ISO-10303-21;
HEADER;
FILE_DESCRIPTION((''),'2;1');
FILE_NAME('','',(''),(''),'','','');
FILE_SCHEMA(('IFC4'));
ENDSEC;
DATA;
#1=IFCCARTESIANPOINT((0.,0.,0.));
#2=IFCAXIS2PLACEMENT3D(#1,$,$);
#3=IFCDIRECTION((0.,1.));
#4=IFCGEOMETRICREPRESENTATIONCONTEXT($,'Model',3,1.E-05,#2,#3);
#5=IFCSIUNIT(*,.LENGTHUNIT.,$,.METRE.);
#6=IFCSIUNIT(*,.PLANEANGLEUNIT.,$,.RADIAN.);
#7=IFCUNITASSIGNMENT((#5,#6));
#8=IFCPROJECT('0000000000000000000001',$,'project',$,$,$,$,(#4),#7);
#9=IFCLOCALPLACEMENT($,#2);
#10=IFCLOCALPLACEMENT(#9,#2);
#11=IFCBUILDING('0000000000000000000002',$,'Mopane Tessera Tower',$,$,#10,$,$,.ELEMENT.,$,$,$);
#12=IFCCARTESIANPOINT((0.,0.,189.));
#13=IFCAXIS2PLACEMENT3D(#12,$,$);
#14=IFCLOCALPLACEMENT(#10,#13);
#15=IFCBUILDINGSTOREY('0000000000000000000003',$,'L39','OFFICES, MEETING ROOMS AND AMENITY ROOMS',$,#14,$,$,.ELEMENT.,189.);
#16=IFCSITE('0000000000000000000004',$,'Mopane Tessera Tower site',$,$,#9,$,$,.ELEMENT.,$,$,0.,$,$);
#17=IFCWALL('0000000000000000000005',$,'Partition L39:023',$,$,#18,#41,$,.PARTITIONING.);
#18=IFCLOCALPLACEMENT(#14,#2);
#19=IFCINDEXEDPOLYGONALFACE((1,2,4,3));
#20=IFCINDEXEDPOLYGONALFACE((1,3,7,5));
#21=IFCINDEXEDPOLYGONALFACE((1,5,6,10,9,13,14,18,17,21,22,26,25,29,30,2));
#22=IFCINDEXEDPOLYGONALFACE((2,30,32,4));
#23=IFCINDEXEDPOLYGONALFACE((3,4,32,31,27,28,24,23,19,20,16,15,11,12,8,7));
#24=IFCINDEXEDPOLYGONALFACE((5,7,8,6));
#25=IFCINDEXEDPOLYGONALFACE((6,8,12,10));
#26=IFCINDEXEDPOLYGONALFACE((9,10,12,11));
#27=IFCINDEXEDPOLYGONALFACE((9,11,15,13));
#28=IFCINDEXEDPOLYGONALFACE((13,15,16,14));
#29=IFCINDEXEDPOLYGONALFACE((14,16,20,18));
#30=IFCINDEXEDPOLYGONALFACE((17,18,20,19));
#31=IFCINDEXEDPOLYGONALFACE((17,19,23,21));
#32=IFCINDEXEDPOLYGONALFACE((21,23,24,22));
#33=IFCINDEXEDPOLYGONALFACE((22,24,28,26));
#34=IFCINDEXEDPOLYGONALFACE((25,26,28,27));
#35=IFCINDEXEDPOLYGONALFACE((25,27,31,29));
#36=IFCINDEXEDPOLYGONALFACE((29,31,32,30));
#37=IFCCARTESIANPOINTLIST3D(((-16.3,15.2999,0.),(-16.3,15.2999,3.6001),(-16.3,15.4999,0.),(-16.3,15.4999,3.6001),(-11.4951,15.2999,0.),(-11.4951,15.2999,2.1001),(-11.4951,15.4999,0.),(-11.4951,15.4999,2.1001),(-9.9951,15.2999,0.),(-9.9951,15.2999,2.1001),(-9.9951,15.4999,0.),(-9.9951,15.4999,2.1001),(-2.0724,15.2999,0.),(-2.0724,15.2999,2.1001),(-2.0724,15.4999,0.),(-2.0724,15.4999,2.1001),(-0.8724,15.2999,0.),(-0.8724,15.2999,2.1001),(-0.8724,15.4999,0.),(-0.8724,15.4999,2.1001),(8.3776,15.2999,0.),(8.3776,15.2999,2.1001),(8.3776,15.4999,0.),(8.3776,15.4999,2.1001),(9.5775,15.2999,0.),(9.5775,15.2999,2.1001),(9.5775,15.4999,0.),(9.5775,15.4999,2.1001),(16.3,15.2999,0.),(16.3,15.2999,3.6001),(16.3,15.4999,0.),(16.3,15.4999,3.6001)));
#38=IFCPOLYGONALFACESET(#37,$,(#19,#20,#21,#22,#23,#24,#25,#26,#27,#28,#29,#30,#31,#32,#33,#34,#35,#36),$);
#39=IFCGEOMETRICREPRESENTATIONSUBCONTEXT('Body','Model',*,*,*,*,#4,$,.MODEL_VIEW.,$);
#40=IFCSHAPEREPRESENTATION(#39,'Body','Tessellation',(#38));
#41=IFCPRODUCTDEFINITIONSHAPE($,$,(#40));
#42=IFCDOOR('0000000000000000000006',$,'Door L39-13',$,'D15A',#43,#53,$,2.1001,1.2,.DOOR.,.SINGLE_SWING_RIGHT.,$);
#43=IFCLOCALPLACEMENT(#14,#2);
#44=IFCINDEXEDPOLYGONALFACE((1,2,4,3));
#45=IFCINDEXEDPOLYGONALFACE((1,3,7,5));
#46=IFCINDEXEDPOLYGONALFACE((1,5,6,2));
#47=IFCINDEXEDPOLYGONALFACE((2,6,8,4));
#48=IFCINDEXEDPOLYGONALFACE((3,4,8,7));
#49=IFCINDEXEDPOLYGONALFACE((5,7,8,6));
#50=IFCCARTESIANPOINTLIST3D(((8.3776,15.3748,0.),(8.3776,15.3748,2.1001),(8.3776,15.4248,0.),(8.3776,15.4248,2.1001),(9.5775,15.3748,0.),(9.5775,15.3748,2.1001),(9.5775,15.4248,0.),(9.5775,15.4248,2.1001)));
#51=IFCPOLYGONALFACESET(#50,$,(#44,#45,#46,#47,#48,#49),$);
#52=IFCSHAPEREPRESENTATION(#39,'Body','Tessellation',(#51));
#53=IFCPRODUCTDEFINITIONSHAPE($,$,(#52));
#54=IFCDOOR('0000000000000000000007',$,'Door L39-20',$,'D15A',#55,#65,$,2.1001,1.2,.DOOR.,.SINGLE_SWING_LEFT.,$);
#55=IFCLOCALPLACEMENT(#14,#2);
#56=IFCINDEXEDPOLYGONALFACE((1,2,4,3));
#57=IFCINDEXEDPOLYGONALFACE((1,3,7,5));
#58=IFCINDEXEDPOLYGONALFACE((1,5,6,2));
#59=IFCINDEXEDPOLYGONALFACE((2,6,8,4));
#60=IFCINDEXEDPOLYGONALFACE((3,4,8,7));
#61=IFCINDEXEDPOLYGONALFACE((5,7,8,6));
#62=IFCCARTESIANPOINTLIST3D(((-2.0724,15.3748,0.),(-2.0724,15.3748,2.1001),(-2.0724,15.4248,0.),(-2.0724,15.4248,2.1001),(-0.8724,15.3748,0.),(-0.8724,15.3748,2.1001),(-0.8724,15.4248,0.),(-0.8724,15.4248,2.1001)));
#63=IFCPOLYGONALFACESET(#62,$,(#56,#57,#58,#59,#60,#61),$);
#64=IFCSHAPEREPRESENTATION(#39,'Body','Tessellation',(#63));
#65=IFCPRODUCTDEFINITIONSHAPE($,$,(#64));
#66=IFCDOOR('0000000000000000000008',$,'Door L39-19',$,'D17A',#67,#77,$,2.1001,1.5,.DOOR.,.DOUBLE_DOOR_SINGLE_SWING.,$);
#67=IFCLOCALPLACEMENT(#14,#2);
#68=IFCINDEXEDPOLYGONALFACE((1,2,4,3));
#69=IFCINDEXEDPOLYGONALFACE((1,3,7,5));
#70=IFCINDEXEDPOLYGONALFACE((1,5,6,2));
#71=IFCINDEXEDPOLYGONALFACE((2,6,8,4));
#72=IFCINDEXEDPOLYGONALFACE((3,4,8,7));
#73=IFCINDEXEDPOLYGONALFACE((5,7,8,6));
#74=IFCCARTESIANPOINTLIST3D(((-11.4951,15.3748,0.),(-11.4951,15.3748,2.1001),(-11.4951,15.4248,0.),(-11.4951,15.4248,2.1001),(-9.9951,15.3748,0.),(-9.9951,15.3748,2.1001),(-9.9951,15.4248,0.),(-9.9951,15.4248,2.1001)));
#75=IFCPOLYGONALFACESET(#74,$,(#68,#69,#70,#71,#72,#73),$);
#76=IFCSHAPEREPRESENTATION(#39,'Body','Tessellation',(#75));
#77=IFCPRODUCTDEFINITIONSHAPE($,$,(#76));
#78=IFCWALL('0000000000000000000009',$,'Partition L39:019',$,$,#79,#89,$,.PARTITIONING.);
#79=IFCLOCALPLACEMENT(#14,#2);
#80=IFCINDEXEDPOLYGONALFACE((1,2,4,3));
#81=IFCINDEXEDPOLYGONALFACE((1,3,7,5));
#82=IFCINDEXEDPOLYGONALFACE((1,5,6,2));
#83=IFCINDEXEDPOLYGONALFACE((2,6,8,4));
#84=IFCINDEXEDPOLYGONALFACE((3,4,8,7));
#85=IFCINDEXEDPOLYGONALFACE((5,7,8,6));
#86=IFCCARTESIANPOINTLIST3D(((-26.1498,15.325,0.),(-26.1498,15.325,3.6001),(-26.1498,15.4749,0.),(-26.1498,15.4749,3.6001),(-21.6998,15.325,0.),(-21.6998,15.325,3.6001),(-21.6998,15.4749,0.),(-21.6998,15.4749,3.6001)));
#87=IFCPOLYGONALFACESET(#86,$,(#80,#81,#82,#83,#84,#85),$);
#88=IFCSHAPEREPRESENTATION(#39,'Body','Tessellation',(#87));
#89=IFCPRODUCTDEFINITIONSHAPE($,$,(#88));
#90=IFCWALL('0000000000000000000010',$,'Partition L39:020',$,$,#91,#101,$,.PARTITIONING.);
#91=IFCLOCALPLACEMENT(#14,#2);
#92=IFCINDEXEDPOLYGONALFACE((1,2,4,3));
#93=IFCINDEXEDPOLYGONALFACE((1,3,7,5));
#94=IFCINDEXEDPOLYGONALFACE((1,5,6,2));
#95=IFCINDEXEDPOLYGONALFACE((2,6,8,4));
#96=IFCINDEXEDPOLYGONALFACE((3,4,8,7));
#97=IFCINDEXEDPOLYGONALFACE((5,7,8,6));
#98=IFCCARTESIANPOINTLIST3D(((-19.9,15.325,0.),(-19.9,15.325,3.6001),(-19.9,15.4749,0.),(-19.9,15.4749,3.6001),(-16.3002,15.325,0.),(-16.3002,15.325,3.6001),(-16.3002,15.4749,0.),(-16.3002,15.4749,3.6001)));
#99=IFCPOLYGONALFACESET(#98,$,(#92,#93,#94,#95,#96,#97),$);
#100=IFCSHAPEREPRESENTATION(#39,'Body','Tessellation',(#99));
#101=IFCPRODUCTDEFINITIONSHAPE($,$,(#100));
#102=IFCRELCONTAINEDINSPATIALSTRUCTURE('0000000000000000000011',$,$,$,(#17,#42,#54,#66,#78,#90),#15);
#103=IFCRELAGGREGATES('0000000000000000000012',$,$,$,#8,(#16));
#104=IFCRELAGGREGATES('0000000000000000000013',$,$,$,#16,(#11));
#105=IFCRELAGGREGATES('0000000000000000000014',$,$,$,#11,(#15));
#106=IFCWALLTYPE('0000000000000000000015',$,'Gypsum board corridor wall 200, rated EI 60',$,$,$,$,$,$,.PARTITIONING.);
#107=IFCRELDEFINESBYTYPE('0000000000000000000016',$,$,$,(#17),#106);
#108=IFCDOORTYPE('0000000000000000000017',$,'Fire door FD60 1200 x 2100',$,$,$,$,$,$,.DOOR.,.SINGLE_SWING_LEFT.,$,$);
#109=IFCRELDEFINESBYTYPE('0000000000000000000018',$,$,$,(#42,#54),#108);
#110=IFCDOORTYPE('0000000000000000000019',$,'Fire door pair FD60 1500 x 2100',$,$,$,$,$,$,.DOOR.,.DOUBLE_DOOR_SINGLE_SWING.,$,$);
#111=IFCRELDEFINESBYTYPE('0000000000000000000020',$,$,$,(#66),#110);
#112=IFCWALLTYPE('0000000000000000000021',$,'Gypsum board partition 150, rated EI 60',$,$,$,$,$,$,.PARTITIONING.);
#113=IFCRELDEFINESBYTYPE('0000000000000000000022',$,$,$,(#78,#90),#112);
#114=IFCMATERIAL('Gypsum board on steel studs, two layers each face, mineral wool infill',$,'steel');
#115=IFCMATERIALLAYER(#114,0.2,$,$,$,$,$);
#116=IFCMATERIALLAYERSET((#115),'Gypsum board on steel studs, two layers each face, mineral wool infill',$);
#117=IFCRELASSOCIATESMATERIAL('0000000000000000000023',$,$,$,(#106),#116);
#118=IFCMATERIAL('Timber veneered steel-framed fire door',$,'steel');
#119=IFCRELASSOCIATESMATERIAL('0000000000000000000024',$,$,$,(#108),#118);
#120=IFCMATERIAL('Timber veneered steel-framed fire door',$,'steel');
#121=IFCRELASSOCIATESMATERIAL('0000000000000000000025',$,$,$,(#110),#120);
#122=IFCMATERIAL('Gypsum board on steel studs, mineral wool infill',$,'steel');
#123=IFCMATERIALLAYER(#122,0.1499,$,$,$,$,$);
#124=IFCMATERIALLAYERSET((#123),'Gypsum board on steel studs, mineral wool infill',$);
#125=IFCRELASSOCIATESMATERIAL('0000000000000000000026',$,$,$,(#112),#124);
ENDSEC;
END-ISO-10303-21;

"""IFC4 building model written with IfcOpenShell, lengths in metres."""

from ifc_helpers import new_model, si_unit, direction, frame, frame_2d, origin, place, context, subcontext, project, spatial, rectangle, extrude, material, layer, layer_set, type_object, element, fill, save


model = new_model("IFC4")

# Units and contexts
model_context = context("Model", 3, precision=1e-05, world=origin(), true_north=direction((0.0, 1.0)))
body_context = subcontext(model_context, "Body", "Model", "MODEL_VIEW")
ifc_project = project(units=[si_unit("LENGTHUNIT", "METRE"), si_unit("PLANEANGLEUNIT", "RADIAN")], contexts=[model_context])

# Site, building, storey
site_placement = place(None, origin())
site = spatial("IfcSite", under=ifc_project, at=site_placement, Name="Mopane Tessera Tower site", CompositionType="ELEMENT", RefElevation=0.0)
building_placement = place(site_placement, origin())
building = spatial("IfcBuilding", under=site, at=building_placement, Name="Mopane Tessera Tower", CompositionType="ELEMENT")
storey_placement = place(building_placement, frame((0.0, 0.0, 189.0)))
storey = spatial("IfcBuildingStorey", under=building, at=storey_placement, Name="L39", Description="OFFICES, MEETING ROOMS AND AMENITY ROOMS", CompositionType="ELEMENT", Elevation=189.0)

# Shared definitions
ifc_material_1 = material(Name="Gypsum board on steel studs, two layers each face, mineral wool infill", Category="steel")
ifc_layer_1 = layer(ifc_material_1, 0.2)
ifc_layer_set_1 = layer_set([ifc_layer_1], Name="Gypsum board on steel studs, two layers each face, mineral wool infill")
wall_type_1 = type_object("IfcWallType", Name="Gypsum board corridor wall 200, rated EI 60", PredefinedType="PARTITIONING", material=ifc_layer_set_1)

# Wall, openings, doors
wall_1_placement = place(storey_placement, frame((-16.3, 15.3999, 0.0), z_axis=(0.0, 0.0, 1.0), x_axis=(1.0, 0.0, 0.0)))
wall_1 = element("IfcWall", 1, at=wall_1_placement, inside=storey, type_object=wall_type_1, Name="Partition L39:023", PredefinedType="PARTITIONING", context=body_context, shape_type="SweptSolid", body=[
    extrude(rectangle(XDim=32.6001, YDim=0.2, at=frame_2d((16.3, 0.0))), origin(), (0.0, 0.0, 1.0), 3.6001),
])
opening_1_placement = place(wall_1_placement, frame((24.6775, 0.0, 0.0)))
opening_1 = element("IfcOpeningElement", 2, at=opening_1_placement, cuts=wall_1, PredefinedType="OPENING", context=body_context, shape_type="SweptSolid", body=[
    extrude(rectangle(XDim=1.2, YDim=2.1001, at=frame_2d((0.6001, 1.05))), frame((0.0, 0.1121, 0.0), z_axis=(0.0, -1.0, 0.0), x_axis=(1.0, 0.0, 0.0)), (0.0, 0.0, 1.0), 0.2239),
])
opening_2_placement = place(wall_1_placement, frame((4.8049, 0.0, 0.0)))
opening_2 = element("IfcOpeningElement", 3, at=opening_2_placement, cuts=wall_1, PredefinedType="OPENING", context=body_context, shape_type="SweptSolid", body=[
    extrude(rectangle(XDim=1.5, YDim=2.1001, at=frame_2d((0.75, 1.05))), frame((0.0, 0.1121, 0.0), z_axis=(0.0, -1.0, 0.0), x_axis=(1.0, 0.0, 0.0)), (0.0, 0.0, 1.0), 0.2239),
])
opening_3_placement = place(wall_1_placement, frame((14.2275, 0.0, 0.0)))
opening_3 = element("IfcOpeningElement", 4, at=opening_3_placement, cuts=wall_1, PredefinedType="OPENING", context=body_context, shape_type="SweptSolid", body=[
    extrude(rectangle(XDim=1.2, YDim=2.1001, at=frame_2d((0.6001, 1.05))), frame((0.0, 0.1121, 0.0), z_axis=(0.0, -1.0, 0.0), x_axis=(1.0, 0.0, 0.0)), (0.0, 0.0, 1.0), 0.2239),
])
ifc_material_2 = material(Name="Timber veneered steel-framed fire door", Category="steel")
door_type_1 = type_object("IfcDoorType", Name="Fire door FD60 1200 x 2100", OperationType="SINGLE_SWING_LEFT", PredefinedType="DOOR", material=ifc_material_2)
door_1_placement = place(opening_1_placement, origin())
door_1 = element("IfcDoor", 5, at=door_1_placement, inside=storey, type_object=door_type_1, Name="Door L39-13", ObjectType="D15A", OperationType="SINGLE_SWING_RIGHT", OverallHeight=2.1001, OverallWidth=1.2, PredefinedType="DOOR", context=body_context, shape_type="SweptSolid", body=[
    extrude(rectangle(XDim=1.2, YDim=2.1001, at=frame_2d((0.6001, 1.05))), frame((0.0, 0.0249, 0.0), z_axis=(0.0, -1.0, 0.0), x_axis=(1.0, 0.0, 0.0)), (0.0, 0.0, 1.0), 0.05),
])
fill(opening_1, door_1)
door_2_placement = place(opening_3_placement, origin())
door_2 = element("IfcDoor", 6, at=door_2_placement, inside=storey, type_object=door_type_1, Name="Door L39-20", ObjectType="D15A", OperationType="SINGLE_SWING_LEFT", OverallHeight=2.1001, OverallWidth=1.2, PredefinedType="DOOR", context=body_context, shape_type="SweptSolid", body=[
    extrude(rectangle(XDim=1.2, YDim=2.1001, at=frame_2d((0.6001, 1.05))), frame((0.0, 0.0249, 0.0), z_axis=(0.0, -1.0, 0.0), x_axis=(1.0, 0.0, 0.0)), (0.0, 0.0, 1.0), 0.05),
])
fill(opening_3, door_2)
ifc_material_3 = material(Name="Timber veneered steel-framed fire door", Category="steel")
door_type_2 = type_object("IfcDoorType", Name="Fire door pair FD60 1500 x 2100", OperationType="DOUBLE_DOOR_SINGLE_SWING", PredefinedType="DOOR", material=ifc_material_3)
door_3_placement = place(opening_2_placement, origin())
door_3 = element("IfcDoor", 7, at=door_3_placement, inside=storey, type_object=door_type_2, Name="Door L39-19", ObjectType="D17A", OperationType="DOUBLE_DOOR_SINGLE_SWING", OverallHeight=2.1001, OverallWidth=1.5, PredefinedType="DOOR", context=body_context, shape_type="SweptSolid", body=[
    extrude(rectangle(XDim=1.5, YDim=2.1001, at=frame_2d((0.75, 1.05))), frame((0.0, 0.0249, 0.0), z_axis=(0.0, -1.0, 0.0), x_axis=(1.0, 0.0, 0.0)), (0.0, 0.0, 1.0), 0.05),
])
fill(opening_2, door_3)

# Walls
ifc_material_4 = material(Name="Gypsum board on steel studs, mineral wool infill", Category="steel")
ifc_layer_2 = layer(ifc_material_4, 0.1499)
ifc_layer_set_2 = layer_set([ifc_layer_2], Name="Gypsum board on steel studs, mineral wool infill")
wall_type_2 = type_object("IfcWallType", Name="Gypsum board partition 150, rated EI 60", PredefinedType="PARTITIONING", material=ifc_layer_set_2)
wall_2_placement = place(storey_placement, frame((-26.1499, 15.3999, 0.0), z_axis=(0.0, 0.0, 1.0), x_axis=(1.0, 0.0, 0.0)))
element("IfcWall", 8, at=wall_2_placement, inside=storey, type_object=wall_type_2, Name="Partition L39:019", PredefinedType="PARTITIONING", context=body_context, shape_type="SweptSolid", body=[
    extrude(rectangle(XDim=4.45, YDim=0.1499, at=frame_2d((2.2251, 0.0))), origin(), (0.0, 0.0, 1.0), 3.6001),
])
wall_3_placement = place(storey_placement, frame((-19.8999, 15.3999, 0.0), z_axis=(0.0, 0.0, 1.0), x_axis=(1.0, 0.0, 0.0)))
element("IfcWall", 9, at=wall_3_placement, inside=storey, type_object=wall_type_2, Name="Partition L39:020", PredefinedType="PARTITIONING", context=body_context, shape_type="SweptSolid", body=[
    extrude(rectangle(XDim=3.5999, YDim=0.1499, at=frame_2d((1.7998, 0.0))), origin(), (0.0, 0.0, 1.0), 3.6001),
])

save(model, "model.ifc")
